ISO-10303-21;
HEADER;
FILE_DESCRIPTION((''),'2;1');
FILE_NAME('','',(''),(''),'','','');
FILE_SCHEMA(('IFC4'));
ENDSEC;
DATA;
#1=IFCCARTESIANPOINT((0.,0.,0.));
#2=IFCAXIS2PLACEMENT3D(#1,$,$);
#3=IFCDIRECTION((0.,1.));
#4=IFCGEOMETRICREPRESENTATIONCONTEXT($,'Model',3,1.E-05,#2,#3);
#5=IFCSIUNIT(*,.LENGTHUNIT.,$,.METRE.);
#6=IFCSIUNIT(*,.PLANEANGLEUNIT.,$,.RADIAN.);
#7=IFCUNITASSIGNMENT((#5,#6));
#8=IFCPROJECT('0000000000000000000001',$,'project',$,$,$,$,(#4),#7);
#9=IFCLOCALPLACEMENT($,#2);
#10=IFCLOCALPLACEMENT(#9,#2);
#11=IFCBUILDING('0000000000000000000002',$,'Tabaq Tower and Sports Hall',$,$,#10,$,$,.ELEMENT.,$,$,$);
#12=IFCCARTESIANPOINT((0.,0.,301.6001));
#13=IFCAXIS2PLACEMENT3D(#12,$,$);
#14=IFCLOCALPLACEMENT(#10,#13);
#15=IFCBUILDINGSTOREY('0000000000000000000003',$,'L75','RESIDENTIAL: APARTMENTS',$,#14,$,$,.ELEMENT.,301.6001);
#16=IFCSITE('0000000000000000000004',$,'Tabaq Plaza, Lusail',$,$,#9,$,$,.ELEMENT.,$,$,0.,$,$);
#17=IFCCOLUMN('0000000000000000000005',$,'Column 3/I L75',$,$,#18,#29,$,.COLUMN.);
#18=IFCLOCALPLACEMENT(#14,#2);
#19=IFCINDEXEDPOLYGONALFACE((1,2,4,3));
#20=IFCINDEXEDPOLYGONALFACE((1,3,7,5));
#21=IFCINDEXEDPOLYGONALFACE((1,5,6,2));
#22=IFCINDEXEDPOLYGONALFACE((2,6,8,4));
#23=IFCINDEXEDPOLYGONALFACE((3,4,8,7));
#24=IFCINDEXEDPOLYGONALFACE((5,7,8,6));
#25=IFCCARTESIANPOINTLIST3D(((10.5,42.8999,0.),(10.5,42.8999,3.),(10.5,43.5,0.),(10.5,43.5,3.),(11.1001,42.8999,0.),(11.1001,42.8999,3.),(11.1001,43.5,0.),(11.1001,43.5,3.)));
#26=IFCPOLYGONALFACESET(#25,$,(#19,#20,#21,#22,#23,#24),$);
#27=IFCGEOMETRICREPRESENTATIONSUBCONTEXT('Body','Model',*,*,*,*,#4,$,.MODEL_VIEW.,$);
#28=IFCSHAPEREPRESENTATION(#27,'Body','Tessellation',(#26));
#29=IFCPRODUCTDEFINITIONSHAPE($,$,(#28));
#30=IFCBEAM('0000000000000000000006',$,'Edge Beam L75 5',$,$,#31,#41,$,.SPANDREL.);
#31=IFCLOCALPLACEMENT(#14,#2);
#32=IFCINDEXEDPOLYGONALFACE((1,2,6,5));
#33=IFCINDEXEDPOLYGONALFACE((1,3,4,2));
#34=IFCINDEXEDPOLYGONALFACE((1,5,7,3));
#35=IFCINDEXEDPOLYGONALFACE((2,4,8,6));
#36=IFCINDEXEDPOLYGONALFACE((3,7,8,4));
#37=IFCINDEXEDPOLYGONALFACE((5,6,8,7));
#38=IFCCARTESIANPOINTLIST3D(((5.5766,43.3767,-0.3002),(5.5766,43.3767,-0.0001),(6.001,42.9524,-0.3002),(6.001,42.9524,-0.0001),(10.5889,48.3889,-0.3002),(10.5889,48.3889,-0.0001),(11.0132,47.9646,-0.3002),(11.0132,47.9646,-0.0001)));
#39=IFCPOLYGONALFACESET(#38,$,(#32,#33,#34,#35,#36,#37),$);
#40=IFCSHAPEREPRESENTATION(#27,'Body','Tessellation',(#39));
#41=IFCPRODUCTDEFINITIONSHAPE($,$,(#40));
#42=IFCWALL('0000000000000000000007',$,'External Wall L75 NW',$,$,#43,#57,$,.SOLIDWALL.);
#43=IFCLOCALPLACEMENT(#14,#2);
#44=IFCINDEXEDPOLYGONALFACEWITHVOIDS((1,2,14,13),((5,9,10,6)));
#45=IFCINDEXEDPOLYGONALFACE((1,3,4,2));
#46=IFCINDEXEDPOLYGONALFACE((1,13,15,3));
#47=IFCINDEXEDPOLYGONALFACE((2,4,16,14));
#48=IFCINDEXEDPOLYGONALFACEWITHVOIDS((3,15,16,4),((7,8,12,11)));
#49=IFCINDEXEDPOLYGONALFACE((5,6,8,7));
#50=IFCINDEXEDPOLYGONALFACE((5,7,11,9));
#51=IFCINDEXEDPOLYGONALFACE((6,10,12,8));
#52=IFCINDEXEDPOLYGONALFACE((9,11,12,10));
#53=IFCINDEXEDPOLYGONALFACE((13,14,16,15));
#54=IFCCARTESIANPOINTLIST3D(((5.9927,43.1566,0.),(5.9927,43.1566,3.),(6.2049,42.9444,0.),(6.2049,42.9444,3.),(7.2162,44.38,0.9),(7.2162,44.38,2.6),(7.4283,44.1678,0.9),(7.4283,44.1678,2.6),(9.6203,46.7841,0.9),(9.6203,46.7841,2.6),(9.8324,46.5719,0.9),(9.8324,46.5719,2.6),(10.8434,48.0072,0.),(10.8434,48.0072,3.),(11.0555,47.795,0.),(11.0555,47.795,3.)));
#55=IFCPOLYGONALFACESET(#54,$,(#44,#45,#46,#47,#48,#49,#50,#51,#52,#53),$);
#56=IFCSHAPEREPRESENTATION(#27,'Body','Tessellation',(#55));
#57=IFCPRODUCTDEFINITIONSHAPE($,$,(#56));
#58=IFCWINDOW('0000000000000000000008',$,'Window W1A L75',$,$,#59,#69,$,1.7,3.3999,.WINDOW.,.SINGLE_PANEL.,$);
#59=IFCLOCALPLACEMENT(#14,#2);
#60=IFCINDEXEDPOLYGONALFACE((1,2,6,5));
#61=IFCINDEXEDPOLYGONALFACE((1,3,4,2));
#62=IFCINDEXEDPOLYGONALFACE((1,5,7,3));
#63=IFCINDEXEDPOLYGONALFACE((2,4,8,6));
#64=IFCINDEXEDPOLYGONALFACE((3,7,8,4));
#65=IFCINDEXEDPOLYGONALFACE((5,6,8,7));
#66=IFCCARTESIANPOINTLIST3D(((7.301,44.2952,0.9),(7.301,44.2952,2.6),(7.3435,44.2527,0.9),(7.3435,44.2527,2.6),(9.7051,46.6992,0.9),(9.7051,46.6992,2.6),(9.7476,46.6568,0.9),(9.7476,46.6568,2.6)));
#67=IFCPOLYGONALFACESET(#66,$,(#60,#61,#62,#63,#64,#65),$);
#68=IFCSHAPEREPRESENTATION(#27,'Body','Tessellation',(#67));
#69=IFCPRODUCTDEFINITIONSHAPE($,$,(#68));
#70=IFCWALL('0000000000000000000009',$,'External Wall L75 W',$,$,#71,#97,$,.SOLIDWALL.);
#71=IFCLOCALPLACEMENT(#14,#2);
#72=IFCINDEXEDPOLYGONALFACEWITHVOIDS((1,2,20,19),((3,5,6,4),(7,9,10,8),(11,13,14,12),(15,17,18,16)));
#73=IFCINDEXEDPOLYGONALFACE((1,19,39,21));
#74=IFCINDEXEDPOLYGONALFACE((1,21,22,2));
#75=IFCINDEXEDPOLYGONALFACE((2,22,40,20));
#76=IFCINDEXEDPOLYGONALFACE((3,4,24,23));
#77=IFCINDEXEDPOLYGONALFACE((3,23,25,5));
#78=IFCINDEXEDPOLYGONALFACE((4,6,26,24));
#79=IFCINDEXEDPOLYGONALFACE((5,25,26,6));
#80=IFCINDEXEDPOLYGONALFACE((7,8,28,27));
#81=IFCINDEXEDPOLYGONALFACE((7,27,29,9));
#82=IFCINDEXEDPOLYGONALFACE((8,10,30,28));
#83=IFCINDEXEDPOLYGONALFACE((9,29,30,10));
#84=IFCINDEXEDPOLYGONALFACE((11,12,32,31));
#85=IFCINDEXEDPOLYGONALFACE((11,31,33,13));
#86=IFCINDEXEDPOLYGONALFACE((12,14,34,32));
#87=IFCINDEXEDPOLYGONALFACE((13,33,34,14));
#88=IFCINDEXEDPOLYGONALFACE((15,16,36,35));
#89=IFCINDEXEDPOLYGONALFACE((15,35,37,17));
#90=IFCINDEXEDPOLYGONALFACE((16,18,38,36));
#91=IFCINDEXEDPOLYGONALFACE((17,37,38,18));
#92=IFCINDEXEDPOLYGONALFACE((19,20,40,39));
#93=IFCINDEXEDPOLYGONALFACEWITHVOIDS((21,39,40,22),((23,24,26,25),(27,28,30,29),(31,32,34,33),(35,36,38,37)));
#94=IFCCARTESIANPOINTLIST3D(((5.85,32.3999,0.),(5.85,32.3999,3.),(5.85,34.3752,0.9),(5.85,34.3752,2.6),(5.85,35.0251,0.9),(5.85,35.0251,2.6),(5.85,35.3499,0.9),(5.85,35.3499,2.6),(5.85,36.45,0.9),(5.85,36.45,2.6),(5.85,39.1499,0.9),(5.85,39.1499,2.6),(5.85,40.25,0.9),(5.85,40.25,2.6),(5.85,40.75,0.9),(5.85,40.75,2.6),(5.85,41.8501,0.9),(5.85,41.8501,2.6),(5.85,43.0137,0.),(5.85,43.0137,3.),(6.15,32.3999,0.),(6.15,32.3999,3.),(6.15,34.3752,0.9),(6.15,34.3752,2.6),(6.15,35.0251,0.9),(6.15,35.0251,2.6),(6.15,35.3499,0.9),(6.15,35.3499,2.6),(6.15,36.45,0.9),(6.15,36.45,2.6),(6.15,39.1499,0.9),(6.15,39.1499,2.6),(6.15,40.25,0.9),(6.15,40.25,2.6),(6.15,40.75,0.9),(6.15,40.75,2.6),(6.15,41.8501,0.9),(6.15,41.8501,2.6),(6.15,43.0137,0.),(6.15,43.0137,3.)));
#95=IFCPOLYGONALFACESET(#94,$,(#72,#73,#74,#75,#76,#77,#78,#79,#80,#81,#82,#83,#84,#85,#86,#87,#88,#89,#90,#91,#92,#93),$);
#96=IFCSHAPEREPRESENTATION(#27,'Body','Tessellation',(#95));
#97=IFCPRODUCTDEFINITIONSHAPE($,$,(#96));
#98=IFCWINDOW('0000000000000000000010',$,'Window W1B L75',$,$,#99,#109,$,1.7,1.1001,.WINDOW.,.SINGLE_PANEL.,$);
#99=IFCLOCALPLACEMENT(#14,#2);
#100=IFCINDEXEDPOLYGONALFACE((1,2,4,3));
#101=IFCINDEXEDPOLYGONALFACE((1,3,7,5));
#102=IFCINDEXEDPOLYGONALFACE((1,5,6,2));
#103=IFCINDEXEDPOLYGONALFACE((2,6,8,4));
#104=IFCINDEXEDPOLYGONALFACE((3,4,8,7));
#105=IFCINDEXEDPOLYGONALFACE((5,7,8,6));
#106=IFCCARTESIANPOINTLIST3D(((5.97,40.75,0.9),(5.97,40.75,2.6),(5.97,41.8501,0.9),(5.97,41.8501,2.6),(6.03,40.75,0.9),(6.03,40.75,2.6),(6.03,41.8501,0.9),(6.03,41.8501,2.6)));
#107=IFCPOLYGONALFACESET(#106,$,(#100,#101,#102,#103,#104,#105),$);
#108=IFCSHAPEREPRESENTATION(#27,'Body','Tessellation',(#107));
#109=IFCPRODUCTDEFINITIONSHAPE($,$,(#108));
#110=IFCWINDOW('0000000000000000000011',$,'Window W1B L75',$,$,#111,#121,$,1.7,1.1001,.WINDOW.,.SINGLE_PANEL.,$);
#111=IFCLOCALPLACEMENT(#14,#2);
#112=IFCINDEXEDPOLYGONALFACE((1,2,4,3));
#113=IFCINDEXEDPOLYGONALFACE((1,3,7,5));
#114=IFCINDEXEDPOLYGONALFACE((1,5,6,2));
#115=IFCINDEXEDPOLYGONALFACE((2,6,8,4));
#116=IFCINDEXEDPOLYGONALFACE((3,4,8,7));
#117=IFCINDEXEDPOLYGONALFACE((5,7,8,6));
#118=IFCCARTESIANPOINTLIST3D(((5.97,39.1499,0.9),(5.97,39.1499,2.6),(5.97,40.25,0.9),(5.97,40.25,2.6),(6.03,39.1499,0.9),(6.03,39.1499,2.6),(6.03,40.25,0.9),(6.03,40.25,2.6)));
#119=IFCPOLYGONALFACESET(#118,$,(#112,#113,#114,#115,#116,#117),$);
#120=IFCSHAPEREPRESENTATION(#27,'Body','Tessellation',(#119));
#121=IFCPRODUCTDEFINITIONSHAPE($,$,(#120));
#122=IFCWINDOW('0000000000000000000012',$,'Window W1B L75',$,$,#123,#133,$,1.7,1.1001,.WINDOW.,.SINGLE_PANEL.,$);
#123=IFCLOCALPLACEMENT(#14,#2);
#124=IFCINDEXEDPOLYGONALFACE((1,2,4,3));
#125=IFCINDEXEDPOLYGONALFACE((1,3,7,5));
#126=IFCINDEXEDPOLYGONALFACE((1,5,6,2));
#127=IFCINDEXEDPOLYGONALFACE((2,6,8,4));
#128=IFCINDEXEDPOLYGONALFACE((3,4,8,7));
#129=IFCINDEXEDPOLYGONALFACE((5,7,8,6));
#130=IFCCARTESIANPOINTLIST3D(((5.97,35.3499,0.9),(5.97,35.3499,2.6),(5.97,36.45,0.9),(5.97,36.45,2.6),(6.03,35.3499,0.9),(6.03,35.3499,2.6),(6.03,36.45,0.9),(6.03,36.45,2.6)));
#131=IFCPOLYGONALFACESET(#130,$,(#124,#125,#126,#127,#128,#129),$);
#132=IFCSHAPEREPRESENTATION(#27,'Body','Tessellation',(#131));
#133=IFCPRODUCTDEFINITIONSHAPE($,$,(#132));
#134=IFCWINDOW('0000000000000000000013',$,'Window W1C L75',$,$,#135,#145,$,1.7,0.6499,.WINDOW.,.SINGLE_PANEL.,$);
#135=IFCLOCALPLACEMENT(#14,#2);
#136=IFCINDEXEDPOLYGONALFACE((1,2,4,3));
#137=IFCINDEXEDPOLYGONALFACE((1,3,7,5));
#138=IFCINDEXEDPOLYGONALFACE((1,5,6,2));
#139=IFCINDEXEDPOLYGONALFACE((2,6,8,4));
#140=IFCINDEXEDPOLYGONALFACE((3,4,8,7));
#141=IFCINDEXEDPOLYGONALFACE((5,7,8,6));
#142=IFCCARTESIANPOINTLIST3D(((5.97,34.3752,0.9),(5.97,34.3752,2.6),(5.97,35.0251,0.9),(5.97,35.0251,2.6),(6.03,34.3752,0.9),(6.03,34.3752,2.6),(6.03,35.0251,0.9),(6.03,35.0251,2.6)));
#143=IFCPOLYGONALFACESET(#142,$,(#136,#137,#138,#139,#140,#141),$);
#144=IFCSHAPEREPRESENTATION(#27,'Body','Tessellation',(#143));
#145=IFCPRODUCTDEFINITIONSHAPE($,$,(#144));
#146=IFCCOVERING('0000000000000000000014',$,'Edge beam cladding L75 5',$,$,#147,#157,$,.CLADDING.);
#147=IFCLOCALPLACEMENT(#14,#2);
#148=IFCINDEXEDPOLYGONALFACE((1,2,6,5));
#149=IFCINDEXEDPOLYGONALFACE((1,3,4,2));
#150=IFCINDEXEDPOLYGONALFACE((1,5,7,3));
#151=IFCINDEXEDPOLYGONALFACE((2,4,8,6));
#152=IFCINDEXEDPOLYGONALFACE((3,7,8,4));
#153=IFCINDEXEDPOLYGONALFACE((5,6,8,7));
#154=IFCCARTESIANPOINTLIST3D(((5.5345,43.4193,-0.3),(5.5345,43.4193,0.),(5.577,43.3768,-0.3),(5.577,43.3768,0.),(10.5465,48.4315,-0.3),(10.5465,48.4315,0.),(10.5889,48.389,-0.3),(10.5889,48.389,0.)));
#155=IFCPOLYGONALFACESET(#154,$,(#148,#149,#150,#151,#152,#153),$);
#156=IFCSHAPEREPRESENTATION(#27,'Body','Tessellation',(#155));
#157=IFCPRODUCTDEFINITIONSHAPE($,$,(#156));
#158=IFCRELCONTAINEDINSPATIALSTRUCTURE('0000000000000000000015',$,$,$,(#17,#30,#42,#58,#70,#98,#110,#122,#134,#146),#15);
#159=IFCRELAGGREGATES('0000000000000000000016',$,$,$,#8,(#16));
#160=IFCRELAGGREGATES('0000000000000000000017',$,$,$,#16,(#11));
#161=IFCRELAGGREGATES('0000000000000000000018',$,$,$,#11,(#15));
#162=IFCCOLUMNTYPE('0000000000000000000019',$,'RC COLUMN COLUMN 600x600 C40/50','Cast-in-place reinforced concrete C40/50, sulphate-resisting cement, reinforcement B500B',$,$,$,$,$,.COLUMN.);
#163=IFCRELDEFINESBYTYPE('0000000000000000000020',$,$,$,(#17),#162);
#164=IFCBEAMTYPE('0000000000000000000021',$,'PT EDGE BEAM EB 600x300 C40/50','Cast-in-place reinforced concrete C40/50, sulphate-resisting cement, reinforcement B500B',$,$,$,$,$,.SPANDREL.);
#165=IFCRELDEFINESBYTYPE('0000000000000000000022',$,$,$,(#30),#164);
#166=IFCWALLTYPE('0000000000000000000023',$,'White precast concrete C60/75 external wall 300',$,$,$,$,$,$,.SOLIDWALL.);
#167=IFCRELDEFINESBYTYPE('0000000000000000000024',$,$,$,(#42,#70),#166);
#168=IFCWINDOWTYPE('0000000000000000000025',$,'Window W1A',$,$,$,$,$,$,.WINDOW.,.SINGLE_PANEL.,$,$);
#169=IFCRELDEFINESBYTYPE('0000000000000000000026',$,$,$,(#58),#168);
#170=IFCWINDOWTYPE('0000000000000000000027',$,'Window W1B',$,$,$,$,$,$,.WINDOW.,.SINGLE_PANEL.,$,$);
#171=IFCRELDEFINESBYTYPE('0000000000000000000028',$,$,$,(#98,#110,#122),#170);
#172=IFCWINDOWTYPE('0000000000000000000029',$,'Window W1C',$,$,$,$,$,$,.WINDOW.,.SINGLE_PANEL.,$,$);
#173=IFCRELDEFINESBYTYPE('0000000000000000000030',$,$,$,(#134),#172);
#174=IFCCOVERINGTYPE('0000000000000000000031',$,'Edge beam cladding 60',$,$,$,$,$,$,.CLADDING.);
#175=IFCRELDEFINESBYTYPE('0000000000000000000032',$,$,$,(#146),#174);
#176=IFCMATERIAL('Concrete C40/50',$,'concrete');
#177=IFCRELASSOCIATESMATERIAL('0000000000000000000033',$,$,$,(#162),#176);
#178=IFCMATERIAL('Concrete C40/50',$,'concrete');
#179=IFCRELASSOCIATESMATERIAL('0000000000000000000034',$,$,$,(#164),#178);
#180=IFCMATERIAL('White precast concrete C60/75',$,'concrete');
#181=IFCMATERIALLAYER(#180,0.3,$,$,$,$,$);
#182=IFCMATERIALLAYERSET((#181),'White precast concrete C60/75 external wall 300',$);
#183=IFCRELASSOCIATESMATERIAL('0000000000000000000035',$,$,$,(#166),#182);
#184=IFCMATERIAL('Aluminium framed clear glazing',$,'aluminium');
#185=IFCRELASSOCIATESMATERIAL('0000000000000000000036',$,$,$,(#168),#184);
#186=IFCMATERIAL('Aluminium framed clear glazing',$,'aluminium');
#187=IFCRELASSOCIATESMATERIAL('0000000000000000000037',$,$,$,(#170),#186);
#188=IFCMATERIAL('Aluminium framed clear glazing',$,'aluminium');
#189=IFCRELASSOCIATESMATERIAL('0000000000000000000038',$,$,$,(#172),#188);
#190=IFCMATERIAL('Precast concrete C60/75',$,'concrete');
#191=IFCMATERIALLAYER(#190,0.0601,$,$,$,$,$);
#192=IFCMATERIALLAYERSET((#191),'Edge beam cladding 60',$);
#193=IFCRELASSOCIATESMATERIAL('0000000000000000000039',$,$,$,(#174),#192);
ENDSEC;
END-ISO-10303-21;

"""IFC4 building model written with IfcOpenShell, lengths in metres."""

from ifc_helpers import new_model, si_unit, direction, frame, frame_2d, origin, origin_2d, place, context, subcontext, project, spatial, rectangle, extrude, material, layer, layer_set, material_profile, profile_set, type_object, element, fill, save


model = new_model("IFC4")

# Units and contexts
model_context = context("Model", 3, precision=1e-05, world=origin(), true_north=direction((0.0, 1.0)))
body_context = subcontext(model_context, "Body", "Model", "MODEL_VIEW")
ifc_project = project(units=[si_unit("LENGTHUNIT", "METRE"), si_unit("PLANEANGLEUNIT", "RADIAN")], contexts=[model_context])

# Site, building, storey
site_placement = place(None, origin())
site = spatial("IfcSite", under=ifc_project, at=site_placement, Name="Tabaq Plaza, Lusail", CompositionType="ELEMENT", RefElevation=0.0)
building_placement = place(site_placement, origin())
building = spatial("IfcBuilding", under=site, at=building_placement, Name="Tabaq Tower and Sports Hall", CompositionType="ELEMENT")
storey_placement = place(building_placement, frame((0.0, 0.0, 301.6001)))
storey = spatial("IfcBuildingStorey", under=building, at=storey_placement, Name="L75", Description="RESIDENTIAL: APARTMENTS", CompositionType="ELEMENT", Elevation=301.6001)

# Column
ifc_material_1 = material(Name="Concrete C40/50", Category="concrete")
ifc_material_profile_1 = material_profile(ifc_material_1, rectangle(XDim=0.6001, YDim=0.6001, at=origin_2d()), Name="COLUMN 600x600")
ifc_profile_set_1 = profile_set([ifc_material_profile_1], Name="Concrete C40/50")
column_type = type_object("IfcColumnType", Name="RC COLUMN COLUMN 600x600 C40/50", Description="Cast-in-place reinforced concrete C40/50, sulphate-resisting cement, reinforcement B500B", PredefinedType="COLUMN", material=ifc_profile_set_1)
column_placement = place(storey_placement, frame((10.8, 43.2, 0.0), z_axis=(0.0, 0.0, 1.0), x_axis=(1.0, 0.0, 0.0)))
element("IfcColumn", 1, at=column_placement, inside=storey, type_object=column_type, Name="Column 3/I L75", PredefinedType="COLUMN", context=body_context, shape_type="SweptSolid", body=[
    extrude(rectangle(XDim=0.6001, YDim=0.6001, at=origin_2d()), origin(), (0.0, 0.0, 1.0), 3.0),
])

# Beam
ifc_material_2 = material(Name="Concrete C40/50", Category="concrete")
ifc_material_profile_2 = material_profile(ifc_material_2, rectangle(XDim=0.6001, YDim=0.3, at=origin_2d()), Name="EB 600x300")
ifc_profile_set_2 = profile_set([ifc_material_profile_2], Name="Concrete C40/50")
beam_type = type_object("IfcBeamType", Name="PT EDGE BEAM EB 600x300 C40/50", Description="Cast-in-place reinforced concrete C40/50, sulphate-resisting cement, reinforcement B500B", PredefinedType="SPANDREL", material=ifc_profile_set_2)
beam_placement = place(storey_placement, frame((10.801, 48.1768, -0.1501), z_axis=(-0.707107, -0.707107, 0.0), x_axis=(0.707107, -0.707107, 0.0)))
element("IfcBeam", 2, at=beam_placement, inside=storey, type_object=beam_type, Name="Edge Beam L75 5", PredefinedType="SPANDREL", context=body_context, shape_type="SweptSolid", body=[
    extrude(rectangle(XDim=0.6001, YDim=0.3, at=origin_2d()), origin(), (0.0, 0.0, 1.0), 7.0884),
])

# Wall, opening, window
ifc_material_3 = material(Name="White precast concrete C60/75", Category="concrete")
ifc_layer_1 = layer(ifc_material_3, 0.3)
ifc_layer_set_1 = layer_set([ifc_layer_1], Name="White precast concrete C60/75 external wall 300")
wall_type = type_object("IfcWallType", Name="White precast concrete C60/75 external wall 300", PredefinedType="SOLIDWALL", material=ifc_layer_set_1)
wall_1_placement = place(storey_placement, frame((10.9495, 47.9011, 0.0), z_axis=(0.0, 0.0, 1.0), x_axis=(-0.707107, -0.707107, 0.0)))
wall_1 = element("IfcWall", 3, at=wall_1_placement, inside=storey, type_object=wall_type, Name="External Wall L75 NW", PredefinedType="SOLIDWALL", context=body_context, shape_type="SweptSolid", body=[
    extrude(rectangle(XDim=6.8599, YDim=0.3, at=frame_2d((3.4299, 0.0))), origin(), (0.0, 0.0, 1.0), 3.0),
])
opening_1_placement = place(wall_1_placement, frame((1.7297, 0.0, 0.8999)))
opening_1 = element("IfcOpeningElement", 4, at=opening_1_placement, cuts=wall_1, PredefinedType="OPENING", context=body_context, shape_type="SweptSolid", body=[
    extrude(rectangle(XDim=3.3999, YDim=1.7, at=frame_2d((1.7, 0.8501))), frame((0.0, 0.1602, 0.0), z_axis=(0.0, -1.0, 0.0), x_axis=(1.0, 0.0, 0.0)), (0.0, 0.0, 1.0), 0.3201),
])
ifc_material_4 = material(Name="Aluminium framed clear glazing", Category="aluminium")
window_type_1 = type_object("IfcWindowType", Name="Window W1A", PartitioningType="SINGLE_PANEL", PredefinedType="WINDOW", material=ifc_material_4)
window_1_placement = place(opening_1_placement, origin())
window_1 = element("IfcWindow", 5, at=window_1_placement, inside=storey, type_object=window_type_1, Name="Window W1A L75", OverallHeight=1.7, OverallWidth=3.3999, PartitioningType="SINGLE_PANEL", PredefinedType="WINDOW", context=body_context, shape_type="SweptSolid", body=[
    extrude(rectangle(XDim=3.3999, YDim=1.7, at=frame_2d((1.7, 0.8501))), frame((0.0, 0.03, 0.0), z_axis=(0.0, -1.0, 0.0), x_axis=(1.0, 0.0, 0.0)), (0.0, 0.0, 1.0), 0.0601),
])
fill(opening_1, window_1)

# Wall, openings, windows
wall_2_placement = place(storey_placement, frame((6.0, 43.0137, 0.0), z_axis=(0.0, 0.0, 1.0), x_axis=(0.0, -1.0, 0.0)))
wall_2 = element("IfcWall", 6, at=wall_2_placement, inside=storey, type_object=wall_type, Name="External Wall L75 W", PredefinedType="SOLIDWALL", context=body_context, shape_type="SweptSolid", body=[
    extrude(rectangle(XDim=10.6138, YDim=0.3, at=frame_2d((5.3069, 0.0))), origin(), (0.0, 0.0, 1.0), 3.0),
])
opening_2_placement = place(wall_2_placement, frame((1.1636, 0.0, 0.8999)))
opening_2 = element("IfcOpeningElement", 7, at=opening_2_placement, cuts=wall_2, PredefinedType="OPENING", context=body_context, shape_type="SweptSolid", body=[
    extrude(rectangle(XDim=1.1001, YDim=1.7, at=frame_2d((0.55, 0.8501))), frame((0.0, 0.1602, 0.0), z_axis=(0.0, -1.0, 0.0), x_axis=(1.0, 0.0, 0.0)), (0.0, 0.0, 1.0), 0.3201),
])
opening_3_placement = place(wall_2_placement, frame((2.7637, 0.0, 0.8999)))
opening_3 = element("IfcOpeningElement", 8, at=opening_3_placement, cuts=wall_2, PredefinedType="OPENING", context=body_context, shape_type="SweptSolid", body=[
    extrude(rectangle(XDim=1.1001, YDim=1.7, at=frame_2d((0.55, 0.8501))), frame((0.0, 0.1602, 0.0), z_axis=(0.0, -1.0, 0.0), x_axis=(1.0, 0.0, 0.0)), (0.0, 0.0, 1.0), 0.3201),
])
opening_4_placement = place(wall_2_placement, frame((6.5637, 0.0, 0.8999)))
opening_4 = element("IfcOpeningElement", 9, at=opening_4_placement, cuts=wall_2, PredefinedType="OPENING", context=body_context, shape_type="SweptSolid", body=[
    extrude(rectangle(XDim=1.1001, YDim=1.7, at=frame_2d((0.55, 0.8501))), frame((0.0, 0.1602, 0.0), z_axis=(0.0, -1.0, 0.0), x_axis=(1.0, 0.0, 0.0)), (0.0, 0.0, 1.0), 0.3201),
])
opening_5_placement = place(wall_2_placement, frame((7.9885, 0.0, 0.8999)))
opening_5 = element("IfcOpeningElement", 10, at=opening_5_placement, cuts=wall_2, PredefinedType="OPENING", context=body_context, shape_type="SweptSolid", body=[
    extrude(rectangle(XDim=0.6499, YDim=1.7, at=frame_2d((0.325, 0.8501))), frame((0.0, 0.1602, 0.0), z_axis=(0.0, -1.0, 0.0), x_axis=(1.0, 0.0, 0.0)), (0.0, 0.0, 1.0), 0.3201),
])
ifc_material_5 = material(Name="Aluminium framed clear glazing", Category="aluminium")
window_type_2 = type_object("IfcWindowType", Name="Window W1B", PartitioningType="SINGLE_PANEL", PredefinedType="WINDOW", material=ifc_material_5)
window_2_placement = place(opening_2_placement, origin())
window_2 = element("IfcWindow", 11, at=window_2_placement, inside=storey, type_object=window_type_2, Name="Window W1B L75", OverallHeight=1.7, OverallWidth=1.1001, PartitioningType="SINGLE_PANEL", PredefinedType="WINDOW", context=body_context, shape_type="SweptSolid", body=[
    extrude(rectangle(XDim=1.1001, YDim=1.7, at=frame_2d((0.55, 0.8501))), frame((0.0, 0.03, 0.0), z_axis=(0.0, -1.0, 0.0), x_axis=(1.0, 0.0, 0.0)), (0.0, 0.0, 1.0), 0.0601),
])
fill(opening_2, window_2)
window_3_placement = place(opening_3_placement, origin())
window_3 = element("IfcWindow", 12, at=window_3_placement, inside=storey, type_object=window_type_2, Name="Window W1B L75", OverallHeight=1.7, OverallWidth=1.1001, PartitioningType="SINGLE_PANEL", PredefinedType="WINDOW", context=body_context, shape_type="SweptSolid", body=[
    extrude(rectangle(XDim=1.1001, YDim=1.7, at=frame_2d((0.55, 0.8501))), frame((0.0, 0.03, 0.0), z_axis=(0.0, -1.0, 0.0), x_axis=(1.0, 0.0, 0.0)), (0.0, 0.0, 1.0), 0.0601),
])
fill(opening_3, window_3)
window_4_placement = place(opening_4_placement, origin())
window_4 = element("IfcWindow", 13, at=window_4_placement, inside=storey, type_object=window_type_2, Name="Window W1B L75", OverallHeight=1.7, OverallWidth=1.1001, PartitioningType="SINGLE_PANEL", PredefinedType="WINDOW", context=body_context, shape_type="SweptSolid", body=[
    extrude(rectangle(XDim=1.1001, YDim=1.7, at=frame_2d((0.55, 0.8501))), frame((0.0, 0.03, 0.0), z_axis=(0.0, -1.0, 0.0), x_axis=(1.0, 0.0, 0.0)), (0.0, 0.0, 1.0), 0.0601),
])
fill(opening_4, window_4)
ifc_material_6 = material(Name="Aluminium framed clear glazing", Category="aluminium")
window_type_3 = type_object("IfcWindowType", Name="Window W1C", PartitioningType="SINGLE_PANEL", PredefinedType="WINDOW", material=ifc_material_6)
window_5_placement = place(opening_5_placement, origin())
window_5 = element("IfcWindow", 14, at=window_5_placement, inside=storey, type_object=window_type_3, Name="Window W1C L75", OverallHeight=1.7, OverallWidth=0.6499, PartitioningType="SINGLE_PANEL", PredefinedType="WINDOW", context=body_context, shape_type="SweptSolid", body=[
    extrude(rectangle(XDim=0.6499, YDim=1.7, at=frame_2d((0.325, 0.8501))), frame((0.0, 0.03, 0.0), z_axis=(0.0, -1.0, 0.0), x_axis=(1.0, 0.0, 0.0)), (0.0, 0.0, 1.0), 0.0601),
])
fill(opening_5, window_5)

# Covering
ifc_material_7 = material(Name="Precast concrete C60/75", Category="concrete")
ifc_layer_2 = layer(ifc_material_7, 0.0601)
ifc_layer_set_2 = layer_set([ifc_layer_2], Name="Edge beam cladding 60")
covering_type_1 = type_object("IfcCoveringType", Name="Edge beam cladding 60", PredefinedType="CLADDING", material=ifc_layer_set_2)
covering_1_placement = place(storey_placement, frame((10.5676, 48.4102, -0.3), z_axis=(0.0, 0.0, 1.0), x_axis=(-0.70709, -0.707124, 0.0)))
element("IfcCovering", 15, at=covering_1_placement, inside=storey, type_object=covering_type_1, Name="Edge beam cladding L75 5", PredefinedType="CLADDING", context=body_context, shape_type="SweptSolid", body=[
    extrude(rectangle(XDim=7.0881, YDim=0.0601, at=frame_2d((3.5439, 0.0))), origin(), (0.0, 0.0, 1.0), 0.3),
])

save(model, "model.ifc")
